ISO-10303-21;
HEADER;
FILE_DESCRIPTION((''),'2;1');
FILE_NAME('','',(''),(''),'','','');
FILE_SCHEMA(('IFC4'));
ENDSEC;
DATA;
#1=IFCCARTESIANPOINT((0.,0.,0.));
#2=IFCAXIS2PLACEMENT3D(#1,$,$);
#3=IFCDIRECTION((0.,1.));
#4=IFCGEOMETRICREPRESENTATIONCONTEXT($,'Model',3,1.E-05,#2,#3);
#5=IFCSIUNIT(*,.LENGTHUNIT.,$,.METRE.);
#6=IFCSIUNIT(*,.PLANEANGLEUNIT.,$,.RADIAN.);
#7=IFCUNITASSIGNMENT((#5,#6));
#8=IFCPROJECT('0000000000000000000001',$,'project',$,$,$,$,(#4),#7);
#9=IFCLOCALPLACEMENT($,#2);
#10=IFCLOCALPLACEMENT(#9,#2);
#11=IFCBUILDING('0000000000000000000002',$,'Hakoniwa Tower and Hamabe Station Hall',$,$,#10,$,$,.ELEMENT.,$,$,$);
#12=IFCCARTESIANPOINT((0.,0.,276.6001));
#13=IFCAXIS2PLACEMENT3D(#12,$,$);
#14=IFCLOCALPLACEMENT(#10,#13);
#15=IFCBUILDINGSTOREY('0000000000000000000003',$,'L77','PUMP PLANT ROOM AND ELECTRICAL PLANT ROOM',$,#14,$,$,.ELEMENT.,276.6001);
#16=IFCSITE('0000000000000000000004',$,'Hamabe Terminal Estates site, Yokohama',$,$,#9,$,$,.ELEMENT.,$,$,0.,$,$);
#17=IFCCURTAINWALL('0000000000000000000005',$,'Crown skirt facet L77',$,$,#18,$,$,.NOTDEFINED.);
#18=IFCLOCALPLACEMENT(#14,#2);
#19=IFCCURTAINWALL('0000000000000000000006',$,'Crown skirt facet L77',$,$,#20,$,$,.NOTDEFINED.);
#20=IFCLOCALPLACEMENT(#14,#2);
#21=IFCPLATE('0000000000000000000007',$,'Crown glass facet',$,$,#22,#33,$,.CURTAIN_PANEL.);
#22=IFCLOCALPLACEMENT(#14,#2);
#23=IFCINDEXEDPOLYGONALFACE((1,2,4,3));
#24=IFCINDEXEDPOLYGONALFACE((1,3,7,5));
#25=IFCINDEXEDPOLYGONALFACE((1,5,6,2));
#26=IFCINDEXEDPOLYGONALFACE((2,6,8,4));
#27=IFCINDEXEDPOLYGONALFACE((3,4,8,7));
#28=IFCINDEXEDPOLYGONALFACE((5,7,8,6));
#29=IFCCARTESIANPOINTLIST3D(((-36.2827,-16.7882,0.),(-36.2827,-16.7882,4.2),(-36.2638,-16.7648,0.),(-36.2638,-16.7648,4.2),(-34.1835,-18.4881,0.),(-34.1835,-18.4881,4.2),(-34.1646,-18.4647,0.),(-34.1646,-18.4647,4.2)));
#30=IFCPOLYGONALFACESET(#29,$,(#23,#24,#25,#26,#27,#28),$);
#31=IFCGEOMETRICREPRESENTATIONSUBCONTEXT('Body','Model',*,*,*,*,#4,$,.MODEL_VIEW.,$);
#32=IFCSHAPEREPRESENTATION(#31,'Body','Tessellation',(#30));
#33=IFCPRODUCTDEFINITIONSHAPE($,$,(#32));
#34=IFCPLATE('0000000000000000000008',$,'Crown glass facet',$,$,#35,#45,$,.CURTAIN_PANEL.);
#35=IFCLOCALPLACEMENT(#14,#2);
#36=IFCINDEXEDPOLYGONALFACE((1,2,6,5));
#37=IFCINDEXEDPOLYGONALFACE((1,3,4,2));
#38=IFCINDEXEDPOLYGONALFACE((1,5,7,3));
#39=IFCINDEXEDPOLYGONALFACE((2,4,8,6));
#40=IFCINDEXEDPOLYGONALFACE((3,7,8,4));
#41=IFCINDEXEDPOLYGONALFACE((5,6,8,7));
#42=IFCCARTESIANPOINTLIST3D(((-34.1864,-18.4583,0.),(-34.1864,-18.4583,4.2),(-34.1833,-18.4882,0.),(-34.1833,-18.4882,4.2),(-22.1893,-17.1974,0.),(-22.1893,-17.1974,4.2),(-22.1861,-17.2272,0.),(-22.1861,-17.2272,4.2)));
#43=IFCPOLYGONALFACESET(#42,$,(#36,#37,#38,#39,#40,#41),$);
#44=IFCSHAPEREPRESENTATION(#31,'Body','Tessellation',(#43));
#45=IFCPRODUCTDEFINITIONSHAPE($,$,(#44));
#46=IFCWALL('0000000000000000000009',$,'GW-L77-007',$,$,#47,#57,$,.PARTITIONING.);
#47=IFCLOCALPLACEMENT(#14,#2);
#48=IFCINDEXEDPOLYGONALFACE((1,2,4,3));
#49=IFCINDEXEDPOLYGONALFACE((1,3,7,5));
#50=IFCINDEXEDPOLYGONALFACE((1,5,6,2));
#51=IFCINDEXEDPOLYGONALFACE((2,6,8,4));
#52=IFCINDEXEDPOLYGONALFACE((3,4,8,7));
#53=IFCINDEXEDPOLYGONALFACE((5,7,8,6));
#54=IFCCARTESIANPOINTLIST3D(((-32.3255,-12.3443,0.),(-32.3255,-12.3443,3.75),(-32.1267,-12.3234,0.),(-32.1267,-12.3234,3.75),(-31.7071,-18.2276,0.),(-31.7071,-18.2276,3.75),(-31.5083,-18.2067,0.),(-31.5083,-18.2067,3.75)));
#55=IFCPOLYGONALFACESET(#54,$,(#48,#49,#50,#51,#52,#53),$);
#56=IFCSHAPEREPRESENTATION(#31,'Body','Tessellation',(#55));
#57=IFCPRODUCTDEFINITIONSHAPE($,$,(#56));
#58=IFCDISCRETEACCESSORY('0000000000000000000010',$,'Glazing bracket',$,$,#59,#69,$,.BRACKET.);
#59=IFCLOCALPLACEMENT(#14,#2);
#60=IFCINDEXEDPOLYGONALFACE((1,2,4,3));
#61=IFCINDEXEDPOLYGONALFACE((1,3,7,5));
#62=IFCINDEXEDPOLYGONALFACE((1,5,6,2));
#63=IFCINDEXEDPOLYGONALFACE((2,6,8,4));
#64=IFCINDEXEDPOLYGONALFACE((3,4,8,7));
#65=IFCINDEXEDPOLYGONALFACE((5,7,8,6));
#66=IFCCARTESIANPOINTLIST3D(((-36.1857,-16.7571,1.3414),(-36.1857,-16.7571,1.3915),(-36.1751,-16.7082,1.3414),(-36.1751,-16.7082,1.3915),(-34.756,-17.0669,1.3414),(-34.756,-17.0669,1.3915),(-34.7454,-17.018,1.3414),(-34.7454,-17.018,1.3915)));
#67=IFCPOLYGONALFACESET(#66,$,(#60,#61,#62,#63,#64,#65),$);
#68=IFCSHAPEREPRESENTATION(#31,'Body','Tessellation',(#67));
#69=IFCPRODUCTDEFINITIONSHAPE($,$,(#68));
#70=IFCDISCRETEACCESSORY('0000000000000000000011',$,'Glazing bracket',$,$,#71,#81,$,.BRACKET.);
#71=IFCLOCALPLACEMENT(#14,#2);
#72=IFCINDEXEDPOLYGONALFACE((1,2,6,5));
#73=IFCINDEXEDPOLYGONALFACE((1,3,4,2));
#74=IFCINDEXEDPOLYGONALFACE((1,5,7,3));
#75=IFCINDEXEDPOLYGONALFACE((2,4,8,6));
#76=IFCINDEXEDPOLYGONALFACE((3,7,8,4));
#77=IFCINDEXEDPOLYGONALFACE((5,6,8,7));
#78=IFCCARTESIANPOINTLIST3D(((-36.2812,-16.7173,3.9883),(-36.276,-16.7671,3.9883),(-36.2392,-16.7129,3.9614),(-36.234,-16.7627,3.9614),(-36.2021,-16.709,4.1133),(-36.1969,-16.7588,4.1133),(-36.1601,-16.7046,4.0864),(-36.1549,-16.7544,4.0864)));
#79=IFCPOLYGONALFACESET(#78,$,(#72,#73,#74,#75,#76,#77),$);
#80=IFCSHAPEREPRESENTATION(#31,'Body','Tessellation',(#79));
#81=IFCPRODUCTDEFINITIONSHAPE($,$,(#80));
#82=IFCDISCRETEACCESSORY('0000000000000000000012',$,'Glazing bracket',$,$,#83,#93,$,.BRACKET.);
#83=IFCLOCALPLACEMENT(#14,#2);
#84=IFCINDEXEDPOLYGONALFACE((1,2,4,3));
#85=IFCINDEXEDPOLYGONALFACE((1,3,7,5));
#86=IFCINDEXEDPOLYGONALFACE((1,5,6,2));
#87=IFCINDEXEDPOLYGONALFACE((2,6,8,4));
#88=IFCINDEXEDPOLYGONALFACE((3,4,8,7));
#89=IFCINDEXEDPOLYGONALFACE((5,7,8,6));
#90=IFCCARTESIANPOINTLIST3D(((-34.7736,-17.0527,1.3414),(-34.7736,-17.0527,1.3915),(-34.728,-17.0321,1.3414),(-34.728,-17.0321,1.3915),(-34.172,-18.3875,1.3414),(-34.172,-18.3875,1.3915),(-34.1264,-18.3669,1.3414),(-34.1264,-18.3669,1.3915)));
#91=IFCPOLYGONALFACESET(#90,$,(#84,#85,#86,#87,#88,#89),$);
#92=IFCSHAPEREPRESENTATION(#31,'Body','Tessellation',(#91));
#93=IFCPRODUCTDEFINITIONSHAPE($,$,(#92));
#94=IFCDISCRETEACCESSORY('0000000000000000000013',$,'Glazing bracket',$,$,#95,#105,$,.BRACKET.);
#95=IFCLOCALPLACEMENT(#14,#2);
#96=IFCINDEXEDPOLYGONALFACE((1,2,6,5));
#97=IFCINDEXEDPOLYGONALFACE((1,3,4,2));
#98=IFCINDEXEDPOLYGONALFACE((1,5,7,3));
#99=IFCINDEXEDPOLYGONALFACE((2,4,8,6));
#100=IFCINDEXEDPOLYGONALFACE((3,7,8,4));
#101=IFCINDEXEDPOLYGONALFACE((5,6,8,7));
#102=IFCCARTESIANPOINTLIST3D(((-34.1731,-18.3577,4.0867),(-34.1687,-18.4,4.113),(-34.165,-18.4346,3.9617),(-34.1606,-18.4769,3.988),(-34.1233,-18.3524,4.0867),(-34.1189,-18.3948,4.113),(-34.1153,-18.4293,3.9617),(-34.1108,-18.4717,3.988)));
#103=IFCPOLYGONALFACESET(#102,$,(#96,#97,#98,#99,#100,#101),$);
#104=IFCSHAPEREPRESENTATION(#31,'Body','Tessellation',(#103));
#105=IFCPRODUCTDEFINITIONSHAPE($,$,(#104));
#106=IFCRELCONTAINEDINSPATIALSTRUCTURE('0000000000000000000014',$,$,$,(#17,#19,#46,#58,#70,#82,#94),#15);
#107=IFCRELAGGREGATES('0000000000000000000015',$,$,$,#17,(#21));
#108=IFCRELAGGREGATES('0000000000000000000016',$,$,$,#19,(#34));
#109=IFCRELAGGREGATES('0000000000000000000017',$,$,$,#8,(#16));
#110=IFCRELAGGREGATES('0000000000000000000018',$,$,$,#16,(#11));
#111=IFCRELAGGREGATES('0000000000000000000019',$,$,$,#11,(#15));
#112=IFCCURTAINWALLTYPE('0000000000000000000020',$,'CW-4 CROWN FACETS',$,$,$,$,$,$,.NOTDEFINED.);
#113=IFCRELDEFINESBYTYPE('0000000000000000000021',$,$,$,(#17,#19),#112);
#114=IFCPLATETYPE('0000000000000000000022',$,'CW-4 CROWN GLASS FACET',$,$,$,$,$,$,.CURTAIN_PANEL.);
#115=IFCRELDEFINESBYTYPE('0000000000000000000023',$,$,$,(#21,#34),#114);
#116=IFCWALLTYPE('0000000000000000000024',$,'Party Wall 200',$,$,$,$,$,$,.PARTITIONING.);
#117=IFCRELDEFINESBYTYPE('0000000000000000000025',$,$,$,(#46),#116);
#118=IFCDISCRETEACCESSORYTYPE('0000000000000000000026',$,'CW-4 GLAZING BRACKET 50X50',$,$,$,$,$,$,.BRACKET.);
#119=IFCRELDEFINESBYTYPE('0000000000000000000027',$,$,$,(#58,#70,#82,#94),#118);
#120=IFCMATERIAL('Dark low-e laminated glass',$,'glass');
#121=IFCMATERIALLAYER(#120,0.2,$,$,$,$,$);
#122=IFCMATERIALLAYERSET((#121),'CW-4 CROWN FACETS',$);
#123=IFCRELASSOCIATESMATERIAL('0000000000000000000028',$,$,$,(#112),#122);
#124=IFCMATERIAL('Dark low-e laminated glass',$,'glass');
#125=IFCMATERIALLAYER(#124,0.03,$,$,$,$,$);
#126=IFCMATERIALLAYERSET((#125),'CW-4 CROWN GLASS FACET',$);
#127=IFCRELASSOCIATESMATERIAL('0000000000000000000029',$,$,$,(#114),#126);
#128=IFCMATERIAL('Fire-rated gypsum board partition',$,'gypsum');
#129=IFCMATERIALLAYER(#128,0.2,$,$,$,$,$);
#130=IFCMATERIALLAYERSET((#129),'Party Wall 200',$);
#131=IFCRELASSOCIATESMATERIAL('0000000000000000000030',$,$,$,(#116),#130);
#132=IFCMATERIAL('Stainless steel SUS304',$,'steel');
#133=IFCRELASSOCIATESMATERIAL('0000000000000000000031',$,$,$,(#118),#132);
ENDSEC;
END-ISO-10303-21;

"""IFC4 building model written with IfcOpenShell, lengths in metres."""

from ifc_helpers import new_model, si_unit, direction, frame, frame_2d, origin, origin_2d, place, context, subcontext, project, spatial, rectangle, extrude, material, layer, layer_set, material_profile, profile_set, type_object, element, aggregate, save


model = new_model("IFC4")

# Units and contexts
model_context = context("Model", 3, precision=1e-05, world=origin(), true_north=direction((0.0, 1.0)))
body_context = subcontext(model_context, "Body", "Model", "MODEL_VIEW")
ifc_project = project(units=[si_unit("LENGTHUNIT", "METRE"), si_unit("PLANEANGLEUNIT", "RADIAN")], contexts=[model_context])

# Site, building, storey
site_placement = place(None, origin())
site = spatial("IfcSite", under=ifc_project, at=site_placement, Name="Hamabe Terminal Estates site, Yokohama", CompositionType="ELEMENT", RefElevation=0.0)
building_placement = place(site_placement, origin())
building = spatial("IfcBuilding", under=site, at=building_placement, Name="Hakoniwa Tower and Hamabe Station Hall", CompositionType="ELEMENT")
storey_placement = place(building_placement, frame((0.0, 0.0, 276.6001)))
storey = spatial("IfcBuildingStorey", under=building, at=storey_placement, Name="L77", Description="PUMP PLANT ROOM AND ELECTRICAL PLANT ROOM", CompositionType="ELEMENT", Elevation=276.6001)

# Shared definitions
ifc_material_1 = material(Name="Dark low-e laminated glass", Category="glass")
ifc_layer_1 = layer(ifc_material_1, 0.2)
ifc_layer_set_1 = layer_set([ifc_layer_1], Name="CW-4 CROWN FACETS")
curtain_wall_type = type_object("IfcCurtainWallType", Name="CW-4 CROWN FACETS", PredefinedType="NOTDEFINED", material=ifc_layer_set_1)

# Curtain wall
curtain_wall_1_placement = place(storey_placement, origin())
curtain_wall_1 = element("IfcCurtainWall", 1, at=curtain_wall_1_placement, inside=storey, type_object=curtain_wall_type, Name="Crown skirt facet L77", PredefinedType="NOTDEFINED")

# Curtain wall
curtain_wall_2_placement = place(storey_placement, origin())
curtain_wall_2 = element("IfcCurtainWall", 2, at=curtain_wall_2_placement, inside=storey, type_object=curtain_wall_type, Name="Crown skirt facet L77", PredefinedType="NOTDEFINED")

# Plates
ifc_material_2 = material(Name="Dark low-e laminated glass", Category="glass")
ifc_layer_2 = layer(ifc_material_2, 0.03)
ifc_layer_set_2 = layer_set([ifc_layer_2], Name="CW-4 CROWN GLASS FACET")
plate_type = type_object("IfcPlateType", Name="CW-4 CROWN GLASS FACET", PredefinedType="CURTAIN_PANEL", material=ifc_layer_set_2)
plate_1_placement = place(storey_placement, frame((-35.2236, -17.6265, 0.0), z_axis=(0.0, 0.0, 1.0), x_axis=(0.777146, -0.62932, 0.0)))
plate_1 = element("IfcPlate", 3, at=plate_1_placement, type_object=plate_type, Name="Crown glass facet", PredefinedType="CURTAIN_PANEL", context=body_context, shape_type="SweptSolid", body=[
    extrude(rectangle(XDim=2.7012, YDim=0.03, at=origin_2d()), origin(), (0.0, 0.0, 1.0), 4.2),
])
aggregate(curtain_wall_1, [plate_1])
plate_2_placement = place(storey_placement, frame((-28.1863, -17.8428, 0.0), z_axis=(0.0, 0.0, 1.0), x_axis=(0.994522, 0.104528, 0.0)))
plate_2 = element("IfcPlate", 4, at=plate_2_placement, type_object=plate_type, Name="Crown glass facet", PredefinedType="CURTAIN_PANEL", context=body_context, shape_type="SweptSolid", body=[
    extrude(rectangle(XDim=12.0632, YDim=0.03, at=origin_2d()), origin(), (0.0, 0.0, 1.0), 4.2),
])
aggregate(curtain_wall_2, [plate_2])

# Wall
ifc_material_3 = material(Name="Fire-rated gypsum board partition", Category="gypsum")
ifc_layer_3 = layer(ifc_material_3, 0.2)
ifc_layer_set_3 = layer_set([ifc_layer_3], Name="Party Wall 200")
wall_type = type_object("IfcWallType", Name="Party Wall 200", PredefinedType="PARTITIONING", material=ifc_layer_set_3)
wall_placement = place(storey_placement, frame((-31.6077, -18.2173, 0.0), z_axis=(0.0, 0.0, 1.0), x_axis=(-0.104537, 0.994521, 0.0)))
element("IfcWall", 5, at=wall_placement, inside=storey, type_object=wall_type, Name="GW-L77-007", PredefinedType="PARTITIONING", context=body_context, shape_type="SweptSolid", body=[
    extrude(rectangle(XDim=5.9158, YDim=0.2, at=frame_2d((2.958, 0.0))), origin(), (0.0, 0.0, 1.0), 3.75),
])

# Discrete accessories
ifc_material_4 = material(Name="Stainless steel SUS304", Category="steel")
ifc_material_profile_1 = material_profile(ifc_material_4, rectangle(XDim=0.05, YDim=0.05, at=origin_2d()), Name="CW-4 GLAZING BRACKET 50X50")
ifc_profile_set_1 = profile_set([ifc_material_profile_1], Name="Stainless steel SUS304")
discrete_accessory_type = type_object("IfcDiscreteAccessoryType", Name="CW-4 GLAZING BRACKET 50X50", PredefinedType="BRACKET", material=ifc_profile_set_1)
discrete_accessory_1_placement = place(storey_placement, frame((-36.1804, -16.7327, 1.3665), z_axis=(0.977316, -0.211785, 0.0), x_axis=(0.211785, 0.977316, 0.0)))
element("IfcDiscreteAccessory", 6, at=discrete_accessory_1_placement, inside=storey, type_object=discrete_accessory_type, Name="Glazing bracket", PredefinedType="BRACKET", context=body_context, shape_type="SweptSolid", body=[
    extrude(rectangle(XDim=0.05, YDim=0.05, at=origin_2d()), origin(), (0.0, 0.0, 1.0), 1.4629),
])
discrete_accessory_2_placement = place(storey_placement, frame((-36.1785, -16.7317, 4.0999), z_axis=(-0.533898, -0.056026, -0.843691), x_axis=(0.104365, -0.994539, 0.0)))
element("IfcDiscreteAccessory", 7, at=discrete_accessory_2_placement, inside=storey, type_object=discrete_accessory_type, Name="Glazing bracket", PredefinedType="BRACKET", context=body_context, shape_type="SweptSolid", body=[
    extrude(rectangle(XDim=0.05, YDim=0.05, at=origin_2d()), origin(), (0.0, 0.0, 1.0), 0.1482),
])
discrete_accessory_3_placement = place(storey_placement, frame((-34.1492, -18.3772, 1.3665), z_axis=(-0.410899, 0.911681, 0.0), x_axis=(-0.911681, -0.410899, 0.0)))
element("IfcDiscreteAccessory", 8, at=discrete_accessory_3_placement, inside=storey, type_object=discrete_accessory_type, Name="Glazing bracket", PredefinedType="BRACKET", context=body_context, shape_type="SweptSolid", body=[
    extrude(rectangle(XDim=0.05, YDim=0.05, at=origin_2d()), origin(), (0.0, 0.0, 1.0), 1.4641),
])
discrete_accessory_4_placement = place(storey_placement, frame((-34.146, -18.3762, 4.0999), z_axis=(0.054813, -0.523217, -0.850435), x_axis=(0.994557, 0.104192, 0.0)))
element("IfcDiscreteAccessory", 9, at=discrete_accessory_4_placement, inside=storey, type_object=discrete_accessory_type, Name="Glazing bracket", PredefinedType="BRACKET", context=body_context, shape_type="SweptSolid", body=[
    extrude(rectangle(XDim=0.05, YDim=0.05, at=origin_2d()), origin(), (0.0, 0.0, 1.0), 0.147),
])

save(model, "model.ifc")
